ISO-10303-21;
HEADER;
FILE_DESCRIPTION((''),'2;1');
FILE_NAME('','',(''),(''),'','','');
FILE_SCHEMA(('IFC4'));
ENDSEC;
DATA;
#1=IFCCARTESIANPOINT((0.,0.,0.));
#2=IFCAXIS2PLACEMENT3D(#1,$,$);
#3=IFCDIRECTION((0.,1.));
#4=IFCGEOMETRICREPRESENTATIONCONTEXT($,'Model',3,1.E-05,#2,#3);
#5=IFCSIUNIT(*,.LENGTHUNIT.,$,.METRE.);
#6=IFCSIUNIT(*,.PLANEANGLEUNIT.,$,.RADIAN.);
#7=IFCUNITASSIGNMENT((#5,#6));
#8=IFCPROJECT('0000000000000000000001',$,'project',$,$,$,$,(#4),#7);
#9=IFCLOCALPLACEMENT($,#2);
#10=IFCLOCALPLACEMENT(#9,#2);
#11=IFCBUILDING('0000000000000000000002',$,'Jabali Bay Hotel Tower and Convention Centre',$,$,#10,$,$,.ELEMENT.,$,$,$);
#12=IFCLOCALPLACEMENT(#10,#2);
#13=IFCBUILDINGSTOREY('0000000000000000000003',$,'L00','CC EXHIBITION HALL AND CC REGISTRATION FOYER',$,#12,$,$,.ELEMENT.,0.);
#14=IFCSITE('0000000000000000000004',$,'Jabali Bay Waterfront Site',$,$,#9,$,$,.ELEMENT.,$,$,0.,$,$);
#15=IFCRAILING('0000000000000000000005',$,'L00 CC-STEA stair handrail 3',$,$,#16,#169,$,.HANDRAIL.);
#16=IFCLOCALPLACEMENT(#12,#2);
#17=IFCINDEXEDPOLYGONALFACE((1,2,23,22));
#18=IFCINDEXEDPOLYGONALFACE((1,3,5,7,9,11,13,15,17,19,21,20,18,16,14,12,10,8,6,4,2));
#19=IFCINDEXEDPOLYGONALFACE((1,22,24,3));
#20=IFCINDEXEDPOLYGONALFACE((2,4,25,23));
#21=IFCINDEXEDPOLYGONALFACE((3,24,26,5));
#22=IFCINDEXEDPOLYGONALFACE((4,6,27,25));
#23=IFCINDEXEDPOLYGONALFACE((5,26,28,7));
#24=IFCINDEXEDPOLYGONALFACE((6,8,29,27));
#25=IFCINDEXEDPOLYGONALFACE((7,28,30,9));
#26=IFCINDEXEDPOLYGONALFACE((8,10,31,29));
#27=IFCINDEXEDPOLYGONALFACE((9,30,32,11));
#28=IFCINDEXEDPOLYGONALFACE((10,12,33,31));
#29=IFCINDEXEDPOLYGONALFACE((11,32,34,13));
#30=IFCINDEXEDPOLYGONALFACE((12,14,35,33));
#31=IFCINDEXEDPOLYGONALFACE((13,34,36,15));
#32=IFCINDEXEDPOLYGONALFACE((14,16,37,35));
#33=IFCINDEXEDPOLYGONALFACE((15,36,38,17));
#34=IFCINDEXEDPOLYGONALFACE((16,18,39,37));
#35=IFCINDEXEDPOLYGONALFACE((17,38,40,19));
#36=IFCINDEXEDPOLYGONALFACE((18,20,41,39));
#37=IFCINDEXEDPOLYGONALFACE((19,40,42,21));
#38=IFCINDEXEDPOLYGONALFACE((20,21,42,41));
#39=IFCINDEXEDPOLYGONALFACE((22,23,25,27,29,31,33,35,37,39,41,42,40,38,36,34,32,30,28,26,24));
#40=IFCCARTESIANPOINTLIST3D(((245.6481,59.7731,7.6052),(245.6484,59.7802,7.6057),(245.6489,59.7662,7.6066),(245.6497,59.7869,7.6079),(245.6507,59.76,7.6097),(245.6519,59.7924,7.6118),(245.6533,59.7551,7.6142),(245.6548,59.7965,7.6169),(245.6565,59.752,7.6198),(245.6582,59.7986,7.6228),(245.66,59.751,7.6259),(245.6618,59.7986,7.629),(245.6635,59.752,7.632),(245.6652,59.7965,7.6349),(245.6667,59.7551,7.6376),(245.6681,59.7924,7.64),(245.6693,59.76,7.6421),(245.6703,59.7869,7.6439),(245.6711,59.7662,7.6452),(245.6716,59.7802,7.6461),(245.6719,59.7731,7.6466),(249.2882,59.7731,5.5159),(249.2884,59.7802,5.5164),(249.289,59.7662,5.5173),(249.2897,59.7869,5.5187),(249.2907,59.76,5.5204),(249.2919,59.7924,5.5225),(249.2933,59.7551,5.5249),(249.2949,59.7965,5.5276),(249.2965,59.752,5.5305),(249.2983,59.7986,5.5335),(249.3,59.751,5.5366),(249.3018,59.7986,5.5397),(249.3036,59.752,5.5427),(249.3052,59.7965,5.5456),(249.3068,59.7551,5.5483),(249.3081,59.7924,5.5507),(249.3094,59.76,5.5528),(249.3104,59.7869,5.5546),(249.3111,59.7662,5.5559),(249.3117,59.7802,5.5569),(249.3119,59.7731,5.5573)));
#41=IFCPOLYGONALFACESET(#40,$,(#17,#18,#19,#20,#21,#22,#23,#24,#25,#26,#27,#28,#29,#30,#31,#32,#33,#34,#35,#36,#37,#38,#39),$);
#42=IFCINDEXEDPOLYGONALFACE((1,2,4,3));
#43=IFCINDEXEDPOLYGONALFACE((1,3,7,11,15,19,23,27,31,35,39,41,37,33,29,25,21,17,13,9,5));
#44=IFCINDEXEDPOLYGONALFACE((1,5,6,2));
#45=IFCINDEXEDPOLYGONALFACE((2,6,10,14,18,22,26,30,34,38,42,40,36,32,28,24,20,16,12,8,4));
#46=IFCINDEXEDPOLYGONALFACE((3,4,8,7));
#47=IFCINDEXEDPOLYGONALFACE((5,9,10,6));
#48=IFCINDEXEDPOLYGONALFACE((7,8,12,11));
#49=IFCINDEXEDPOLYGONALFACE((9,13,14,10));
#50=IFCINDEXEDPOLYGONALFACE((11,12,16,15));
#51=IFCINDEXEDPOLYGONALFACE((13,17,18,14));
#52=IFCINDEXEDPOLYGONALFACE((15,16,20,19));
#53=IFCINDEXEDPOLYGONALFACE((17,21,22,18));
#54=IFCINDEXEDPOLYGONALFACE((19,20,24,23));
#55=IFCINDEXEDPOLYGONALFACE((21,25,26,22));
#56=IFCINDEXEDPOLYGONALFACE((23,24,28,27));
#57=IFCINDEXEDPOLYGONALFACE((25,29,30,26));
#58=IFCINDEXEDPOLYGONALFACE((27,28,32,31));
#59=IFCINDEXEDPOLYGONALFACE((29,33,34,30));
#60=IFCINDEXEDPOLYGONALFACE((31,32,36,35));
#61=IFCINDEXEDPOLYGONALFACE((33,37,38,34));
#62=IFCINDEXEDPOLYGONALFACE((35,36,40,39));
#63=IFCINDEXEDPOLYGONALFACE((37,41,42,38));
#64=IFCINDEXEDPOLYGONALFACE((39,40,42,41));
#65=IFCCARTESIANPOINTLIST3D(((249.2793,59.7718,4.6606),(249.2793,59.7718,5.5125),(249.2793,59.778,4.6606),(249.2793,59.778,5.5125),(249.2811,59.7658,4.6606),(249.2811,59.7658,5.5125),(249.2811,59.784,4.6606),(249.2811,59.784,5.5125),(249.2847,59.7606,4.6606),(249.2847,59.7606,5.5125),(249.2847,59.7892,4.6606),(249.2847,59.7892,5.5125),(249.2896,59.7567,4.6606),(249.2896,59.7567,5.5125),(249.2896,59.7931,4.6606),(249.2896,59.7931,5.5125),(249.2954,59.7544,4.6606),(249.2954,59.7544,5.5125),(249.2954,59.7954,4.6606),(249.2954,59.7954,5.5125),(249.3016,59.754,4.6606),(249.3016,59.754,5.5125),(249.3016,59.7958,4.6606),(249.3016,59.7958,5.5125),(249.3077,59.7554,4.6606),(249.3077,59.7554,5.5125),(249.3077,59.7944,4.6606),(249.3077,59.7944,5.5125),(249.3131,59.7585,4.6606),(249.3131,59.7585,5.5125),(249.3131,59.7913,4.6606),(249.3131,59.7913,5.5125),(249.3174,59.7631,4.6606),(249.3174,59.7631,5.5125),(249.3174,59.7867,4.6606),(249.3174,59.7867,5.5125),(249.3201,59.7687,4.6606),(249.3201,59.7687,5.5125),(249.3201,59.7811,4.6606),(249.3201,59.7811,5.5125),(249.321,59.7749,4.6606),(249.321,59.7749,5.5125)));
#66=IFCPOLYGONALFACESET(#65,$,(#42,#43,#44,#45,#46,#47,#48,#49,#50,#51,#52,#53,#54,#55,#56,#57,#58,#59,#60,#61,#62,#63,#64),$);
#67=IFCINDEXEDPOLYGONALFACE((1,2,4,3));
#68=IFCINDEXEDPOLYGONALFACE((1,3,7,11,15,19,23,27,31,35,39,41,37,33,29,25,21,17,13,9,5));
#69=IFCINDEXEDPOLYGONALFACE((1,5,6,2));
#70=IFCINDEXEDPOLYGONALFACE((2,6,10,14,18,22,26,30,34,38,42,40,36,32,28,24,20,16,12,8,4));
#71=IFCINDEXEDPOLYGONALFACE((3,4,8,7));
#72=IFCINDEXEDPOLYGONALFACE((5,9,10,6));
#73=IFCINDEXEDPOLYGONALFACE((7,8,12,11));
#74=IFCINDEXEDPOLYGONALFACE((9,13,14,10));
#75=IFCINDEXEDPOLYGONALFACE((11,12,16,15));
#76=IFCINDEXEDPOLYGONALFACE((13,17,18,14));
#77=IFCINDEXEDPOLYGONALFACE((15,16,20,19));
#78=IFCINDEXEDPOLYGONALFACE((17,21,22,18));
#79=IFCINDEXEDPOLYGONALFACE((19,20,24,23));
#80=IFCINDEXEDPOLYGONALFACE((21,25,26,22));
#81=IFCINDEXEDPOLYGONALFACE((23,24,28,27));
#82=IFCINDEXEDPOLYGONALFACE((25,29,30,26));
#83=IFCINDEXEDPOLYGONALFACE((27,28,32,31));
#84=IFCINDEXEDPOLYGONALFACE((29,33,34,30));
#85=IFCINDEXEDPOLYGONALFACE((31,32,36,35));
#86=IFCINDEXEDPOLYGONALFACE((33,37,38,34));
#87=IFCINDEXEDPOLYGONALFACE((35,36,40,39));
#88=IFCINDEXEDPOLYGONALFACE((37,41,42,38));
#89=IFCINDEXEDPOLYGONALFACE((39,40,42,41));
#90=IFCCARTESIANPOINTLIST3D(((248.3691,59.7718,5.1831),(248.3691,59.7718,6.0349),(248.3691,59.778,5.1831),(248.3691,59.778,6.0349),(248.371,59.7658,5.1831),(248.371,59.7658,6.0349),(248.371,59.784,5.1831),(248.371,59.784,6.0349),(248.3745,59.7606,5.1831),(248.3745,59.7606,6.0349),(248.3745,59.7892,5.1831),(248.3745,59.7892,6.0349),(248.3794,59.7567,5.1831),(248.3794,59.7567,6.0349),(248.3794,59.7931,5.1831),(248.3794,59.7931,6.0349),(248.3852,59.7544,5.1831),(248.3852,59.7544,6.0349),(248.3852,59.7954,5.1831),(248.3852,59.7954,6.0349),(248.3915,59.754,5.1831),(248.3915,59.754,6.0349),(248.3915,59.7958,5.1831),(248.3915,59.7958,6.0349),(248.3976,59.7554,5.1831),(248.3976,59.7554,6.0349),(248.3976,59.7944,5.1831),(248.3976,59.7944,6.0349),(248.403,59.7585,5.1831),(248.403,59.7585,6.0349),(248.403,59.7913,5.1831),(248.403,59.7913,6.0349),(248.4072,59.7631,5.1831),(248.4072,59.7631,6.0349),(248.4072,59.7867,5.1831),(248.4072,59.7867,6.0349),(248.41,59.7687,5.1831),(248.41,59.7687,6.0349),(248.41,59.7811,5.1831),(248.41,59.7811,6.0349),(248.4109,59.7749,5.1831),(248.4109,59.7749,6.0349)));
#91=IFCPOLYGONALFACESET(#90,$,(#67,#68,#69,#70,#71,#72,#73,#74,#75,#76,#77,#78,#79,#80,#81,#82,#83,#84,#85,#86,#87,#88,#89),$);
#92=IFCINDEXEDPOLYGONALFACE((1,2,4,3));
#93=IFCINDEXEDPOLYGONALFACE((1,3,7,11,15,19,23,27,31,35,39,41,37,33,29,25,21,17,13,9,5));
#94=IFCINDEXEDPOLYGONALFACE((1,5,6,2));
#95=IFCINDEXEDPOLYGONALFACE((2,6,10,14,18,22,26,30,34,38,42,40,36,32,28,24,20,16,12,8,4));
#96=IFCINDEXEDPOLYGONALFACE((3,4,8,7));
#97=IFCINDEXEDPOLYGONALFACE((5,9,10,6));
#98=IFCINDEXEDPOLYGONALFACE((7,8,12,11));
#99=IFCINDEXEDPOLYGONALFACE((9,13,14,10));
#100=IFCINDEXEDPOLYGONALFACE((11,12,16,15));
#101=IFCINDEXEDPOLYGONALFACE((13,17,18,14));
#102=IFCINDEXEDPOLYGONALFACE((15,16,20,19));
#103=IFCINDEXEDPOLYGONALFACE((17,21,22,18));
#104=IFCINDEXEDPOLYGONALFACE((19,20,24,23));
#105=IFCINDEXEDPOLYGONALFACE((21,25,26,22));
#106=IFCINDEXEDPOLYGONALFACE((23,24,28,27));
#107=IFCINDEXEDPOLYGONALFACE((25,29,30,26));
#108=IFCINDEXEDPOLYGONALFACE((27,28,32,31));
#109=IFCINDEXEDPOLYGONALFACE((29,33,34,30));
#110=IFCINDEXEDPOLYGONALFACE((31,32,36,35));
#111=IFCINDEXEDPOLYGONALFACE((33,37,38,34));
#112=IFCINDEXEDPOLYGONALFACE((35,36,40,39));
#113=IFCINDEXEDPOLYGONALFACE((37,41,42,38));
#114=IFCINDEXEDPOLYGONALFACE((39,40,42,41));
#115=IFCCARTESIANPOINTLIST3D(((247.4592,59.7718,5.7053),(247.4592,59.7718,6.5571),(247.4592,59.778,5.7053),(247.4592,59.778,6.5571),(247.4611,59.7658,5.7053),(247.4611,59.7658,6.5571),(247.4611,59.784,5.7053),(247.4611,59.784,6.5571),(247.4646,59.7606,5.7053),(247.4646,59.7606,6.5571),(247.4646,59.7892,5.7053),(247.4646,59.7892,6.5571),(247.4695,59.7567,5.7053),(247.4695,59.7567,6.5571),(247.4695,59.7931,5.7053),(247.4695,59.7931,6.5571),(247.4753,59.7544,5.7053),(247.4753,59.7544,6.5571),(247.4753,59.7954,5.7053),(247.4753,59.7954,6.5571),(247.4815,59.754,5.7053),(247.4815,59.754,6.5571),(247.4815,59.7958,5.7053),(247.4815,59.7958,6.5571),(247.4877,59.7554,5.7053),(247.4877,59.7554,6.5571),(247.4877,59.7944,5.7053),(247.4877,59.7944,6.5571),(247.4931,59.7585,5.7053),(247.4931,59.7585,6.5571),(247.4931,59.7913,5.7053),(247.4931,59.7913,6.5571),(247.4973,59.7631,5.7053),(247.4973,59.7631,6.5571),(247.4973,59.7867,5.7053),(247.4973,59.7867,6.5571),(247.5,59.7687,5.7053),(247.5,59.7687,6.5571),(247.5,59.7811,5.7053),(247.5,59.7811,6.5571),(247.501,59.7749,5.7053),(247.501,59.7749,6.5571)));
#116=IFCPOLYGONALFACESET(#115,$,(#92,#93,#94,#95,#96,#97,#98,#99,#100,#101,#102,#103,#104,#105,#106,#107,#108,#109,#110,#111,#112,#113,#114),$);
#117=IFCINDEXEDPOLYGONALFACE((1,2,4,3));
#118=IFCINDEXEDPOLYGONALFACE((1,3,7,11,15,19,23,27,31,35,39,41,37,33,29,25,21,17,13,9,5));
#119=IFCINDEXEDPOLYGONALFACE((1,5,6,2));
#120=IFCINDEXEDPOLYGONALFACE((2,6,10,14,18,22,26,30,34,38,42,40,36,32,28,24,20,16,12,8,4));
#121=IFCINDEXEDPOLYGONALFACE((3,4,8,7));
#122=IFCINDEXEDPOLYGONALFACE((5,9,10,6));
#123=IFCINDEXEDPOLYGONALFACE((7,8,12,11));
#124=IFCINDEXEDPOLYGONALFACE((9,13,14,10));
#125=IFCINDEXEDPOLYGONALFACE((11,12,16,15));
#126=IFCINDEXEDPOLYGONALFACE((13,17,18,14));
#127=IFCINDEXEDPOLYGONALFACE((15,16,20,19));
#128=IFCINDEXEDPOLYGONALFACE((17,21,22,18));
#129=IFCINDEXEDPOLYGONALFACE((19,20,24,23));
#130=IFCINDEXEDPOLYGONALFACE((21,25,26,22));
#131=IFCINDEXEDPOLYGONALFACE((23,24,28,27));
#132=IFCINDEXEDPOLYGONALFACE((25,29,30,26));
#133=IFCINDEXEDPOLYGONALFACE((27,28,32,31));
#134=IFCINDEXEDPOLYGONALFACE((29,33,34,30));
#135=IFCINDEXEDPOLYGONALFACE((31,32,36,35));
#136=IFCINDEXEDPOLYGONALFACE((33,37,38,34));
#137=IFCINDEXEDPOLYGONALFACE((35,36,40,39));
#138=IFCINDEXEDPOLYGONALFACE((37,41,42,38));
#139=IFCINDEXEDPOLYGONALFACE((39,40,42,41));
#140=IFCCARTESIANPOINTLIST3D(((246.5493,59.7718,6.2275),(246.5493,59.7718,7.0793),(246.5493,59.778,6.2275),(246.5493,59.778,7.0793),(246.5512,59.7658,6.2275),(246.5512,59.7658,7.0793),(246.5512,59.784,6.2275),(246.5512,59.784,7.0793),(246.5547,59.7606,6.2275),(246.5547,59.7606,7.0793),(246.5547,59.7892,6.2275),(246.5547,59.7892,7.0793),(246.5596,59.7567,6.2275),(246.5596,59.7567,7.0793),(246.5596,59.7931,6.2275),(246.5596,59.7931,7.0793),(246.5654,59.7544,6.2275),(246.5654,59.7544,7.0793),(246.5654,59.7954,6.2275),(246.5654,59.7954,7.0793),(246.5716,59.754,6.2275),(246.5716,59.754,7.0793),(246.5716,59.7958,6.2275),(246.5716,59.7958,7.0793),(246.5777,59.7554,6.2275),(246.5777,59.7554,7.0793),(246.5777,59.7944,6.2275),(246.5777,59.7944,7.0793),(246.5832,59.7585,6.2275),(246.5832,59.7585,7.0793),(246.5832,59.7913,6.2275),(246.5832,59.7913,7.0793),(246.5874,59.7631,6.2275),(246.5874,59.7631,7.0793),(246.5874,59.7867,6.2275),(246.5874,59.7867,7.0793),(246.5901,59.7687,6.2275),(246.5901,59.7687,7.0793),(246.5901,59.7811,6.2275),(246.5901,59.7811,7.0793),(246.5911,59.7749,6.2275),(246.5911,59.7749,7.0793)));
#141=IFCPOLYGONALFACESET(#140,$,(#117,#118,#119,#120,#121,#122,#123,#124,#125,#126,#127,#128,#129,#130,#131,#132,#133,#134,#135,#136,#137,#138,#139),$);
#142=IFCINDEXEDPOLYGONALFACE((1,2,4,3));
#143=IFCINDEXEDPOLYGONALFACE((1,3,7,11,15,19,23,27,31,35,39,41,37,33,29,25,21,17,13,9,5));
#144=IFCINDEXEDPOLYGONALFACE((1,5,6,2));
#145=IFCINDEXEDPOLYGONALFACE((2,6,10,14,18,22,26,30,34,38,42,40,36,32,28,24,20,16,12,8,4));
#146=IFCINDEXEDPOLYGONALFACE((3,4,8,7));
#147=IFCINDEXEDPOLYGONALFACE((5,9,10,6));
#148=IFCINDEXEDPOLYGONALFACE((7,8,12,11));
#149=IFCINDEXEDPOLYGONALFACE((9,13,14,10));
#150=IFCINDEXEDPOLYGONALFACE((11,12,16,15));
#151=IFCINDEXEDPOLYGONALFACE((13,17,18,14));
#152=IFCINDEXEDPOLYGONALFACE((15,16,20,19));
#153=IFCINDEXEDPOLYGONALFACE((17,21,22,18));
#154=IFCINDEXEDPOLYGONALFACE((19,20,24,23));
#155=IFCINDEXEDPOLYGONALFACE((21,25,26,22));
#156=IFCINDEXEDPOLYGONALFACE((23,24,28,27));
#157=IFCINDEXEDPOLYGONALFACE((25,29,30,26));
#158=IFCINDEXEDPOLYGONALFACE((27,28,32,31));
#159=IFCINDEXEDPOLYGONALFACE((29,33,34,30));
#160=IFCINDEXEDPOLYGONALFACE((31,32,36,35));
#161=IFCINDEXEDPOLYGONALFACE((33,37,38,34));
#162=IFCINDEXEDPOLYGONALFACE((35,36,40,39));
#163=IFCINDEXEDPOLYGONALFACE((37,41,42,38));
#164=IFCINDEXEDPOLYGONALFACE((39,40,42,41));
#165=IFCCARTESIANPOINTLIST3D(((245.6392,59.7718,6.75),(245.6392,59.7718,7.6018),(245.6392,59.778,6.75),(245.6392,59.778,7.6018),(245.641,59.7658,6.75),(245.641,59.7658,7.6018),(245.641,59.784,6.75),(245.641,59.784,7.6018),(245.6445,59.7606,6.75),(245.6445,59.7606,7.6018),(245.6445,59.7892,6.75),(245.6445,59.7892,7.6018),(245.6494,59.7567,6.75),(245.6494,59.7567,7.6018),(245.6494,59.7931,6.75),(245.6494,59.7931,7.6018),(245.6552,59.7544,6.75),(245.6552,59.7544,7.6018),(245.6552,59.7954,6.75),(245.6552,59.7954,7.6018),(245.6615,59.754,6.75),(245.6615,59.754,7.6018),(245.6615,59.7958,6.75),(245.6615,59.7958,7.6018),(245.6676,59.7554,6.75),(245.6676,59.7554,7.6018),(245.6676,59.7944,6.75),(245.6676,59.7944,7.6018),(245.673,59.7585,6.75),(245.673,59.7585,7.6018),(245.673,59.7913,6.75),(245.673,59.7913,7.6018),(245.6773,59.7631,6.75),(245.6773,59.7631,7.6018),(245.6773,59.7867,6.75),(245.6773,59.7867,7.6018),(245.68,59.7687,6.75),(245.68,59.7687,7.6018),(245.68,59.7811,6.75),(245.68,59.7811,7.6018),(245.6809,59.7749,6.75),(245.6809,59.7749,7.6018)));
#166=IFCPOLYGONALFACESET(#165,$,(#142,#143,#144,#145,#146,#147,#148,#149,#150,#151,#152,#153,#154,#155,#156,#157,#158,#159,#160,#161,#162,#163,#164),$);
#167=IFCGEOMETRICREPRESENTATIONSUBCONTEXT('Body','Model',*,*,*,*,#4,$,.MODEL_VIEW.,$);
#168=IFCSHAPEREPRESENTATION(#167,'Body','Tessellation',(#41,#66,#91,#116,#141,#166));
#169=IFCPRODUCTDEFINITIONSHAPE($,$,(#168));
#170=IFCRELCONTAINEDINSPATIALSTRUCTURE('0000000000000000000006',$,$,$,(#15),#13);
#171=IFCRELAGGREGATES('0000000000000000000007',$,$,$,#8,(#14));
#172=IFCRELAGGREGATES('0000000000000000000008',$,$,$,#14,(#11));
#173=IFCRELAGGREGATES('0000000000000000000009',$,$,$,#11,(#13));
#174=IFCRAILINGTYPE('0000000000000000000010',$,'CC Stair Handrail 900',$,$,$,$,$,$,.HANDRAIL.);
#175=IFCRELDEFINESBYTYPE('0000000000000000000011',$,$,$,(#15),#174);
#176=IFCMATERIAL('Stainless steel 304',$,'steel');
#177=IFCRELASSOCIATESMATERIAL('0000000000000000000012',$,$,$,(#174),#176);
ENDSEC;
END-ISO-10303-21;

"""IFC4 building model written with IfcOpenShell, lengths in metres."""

from ifc_helpers import new_model, si_unit, direction, frame, origin, origin_2d, place, context, subcontext, project, spatial, circle, extrude, material, type_object, element, save


model = new_model("IFC4")

# Units and contexts
model_context = context("Model", 3, precision=1e-05, world=origin(), true_north=direction((0.0, 1.0)))
body_context = subcontext(model_context, "Body", "Model", "MODEL_VIEW")
ifc_project = project(units=[si_unit("LENGTHUNIT", "METRE"), si_unit("PLANEANGLEUNIT", "RADIAN")], contexts=[model_context])

# Site, building, storey
site_placement = place(None, origin())
site = spatial("IfcSite", under=ifc_project, at=site_placement, Name="Jabali Bay Waterfront Site", CompositionType="ELEMENT", RefElevation=0.0)
building_placement = place(site_placement, origin())
building = spatial("IfcBuilding", under=site, at=building_placement, Name="Jabali Bay Hotel Tower and Convention Centre", CompositionType="ELEMENT")
storey_placement = place(building_placement, origin())
storey = spatial("IfcBuildingStorey", under=building, at=storey_placement, Name="L00", Description="CC EXHIBITION HALL AND CC REGISTRATION FOYER", CompositionType="ELEMENT", Elevation=0.0)

# Railing
ifc_material_1 = material(Name="Stainless steel 304", Category="steel")
railing_type_1 = type_object("IfcRailingType", Name="CC Stair Handrail 900", PredefinedType="HANDRAIL", material=ifc_material_1)
railing_1_placement = place(storey_placement, frame((249.3, 59.7749, 4.6606)))
element("IfcRailing", 1, at=railing_1_placement, inside=storey, type_object=railing_type_1, Name="L00 CC-STEA stair handrail 3", PredefinedType="HANDRAIL", context=body_context, shape_type="SweptSolid", body=[
    extrude(circle(Radius=0.0239, at=origin_2d()), frame((0.0, 0.0, 0.876), z_axis=(-0.867289, 0.0, 0.497804), x_axis=(0.0, -1.0, 0.0)), (0.0, 0.0, 1.0), 4.197),
    extrude(circle(Radius=0.021, at=origin_2d()), origin(), (0.0, 0.0, 1.0), 0.8518),
    extrude(circle(Radius=0.021, at=origin_2d()), frame((-0.9102, 0.0, 0.5225)), (0.0, 0.0, 1.0), 0.8518),
    extrude(circle(Radius=0.021, at=origin_2d()), frame((-1.8201, 0.0, 1.0447)), (0.0, 0.0, 1.0), 0.8518),
    extrude(circle(Radius=0.021, at=origin_2d()), frame((-2.73, 0.0, 1.5669)), (0.0, 0.0, 1.0), 0.8518),
    extrude(circle(Radius=0.021, at=origin_2d()), frame((-3.6401, 0.0, 2.0894)), (0.0, 0.0, 1.0), 0.8518),
])

save(model, "model.ifc")
